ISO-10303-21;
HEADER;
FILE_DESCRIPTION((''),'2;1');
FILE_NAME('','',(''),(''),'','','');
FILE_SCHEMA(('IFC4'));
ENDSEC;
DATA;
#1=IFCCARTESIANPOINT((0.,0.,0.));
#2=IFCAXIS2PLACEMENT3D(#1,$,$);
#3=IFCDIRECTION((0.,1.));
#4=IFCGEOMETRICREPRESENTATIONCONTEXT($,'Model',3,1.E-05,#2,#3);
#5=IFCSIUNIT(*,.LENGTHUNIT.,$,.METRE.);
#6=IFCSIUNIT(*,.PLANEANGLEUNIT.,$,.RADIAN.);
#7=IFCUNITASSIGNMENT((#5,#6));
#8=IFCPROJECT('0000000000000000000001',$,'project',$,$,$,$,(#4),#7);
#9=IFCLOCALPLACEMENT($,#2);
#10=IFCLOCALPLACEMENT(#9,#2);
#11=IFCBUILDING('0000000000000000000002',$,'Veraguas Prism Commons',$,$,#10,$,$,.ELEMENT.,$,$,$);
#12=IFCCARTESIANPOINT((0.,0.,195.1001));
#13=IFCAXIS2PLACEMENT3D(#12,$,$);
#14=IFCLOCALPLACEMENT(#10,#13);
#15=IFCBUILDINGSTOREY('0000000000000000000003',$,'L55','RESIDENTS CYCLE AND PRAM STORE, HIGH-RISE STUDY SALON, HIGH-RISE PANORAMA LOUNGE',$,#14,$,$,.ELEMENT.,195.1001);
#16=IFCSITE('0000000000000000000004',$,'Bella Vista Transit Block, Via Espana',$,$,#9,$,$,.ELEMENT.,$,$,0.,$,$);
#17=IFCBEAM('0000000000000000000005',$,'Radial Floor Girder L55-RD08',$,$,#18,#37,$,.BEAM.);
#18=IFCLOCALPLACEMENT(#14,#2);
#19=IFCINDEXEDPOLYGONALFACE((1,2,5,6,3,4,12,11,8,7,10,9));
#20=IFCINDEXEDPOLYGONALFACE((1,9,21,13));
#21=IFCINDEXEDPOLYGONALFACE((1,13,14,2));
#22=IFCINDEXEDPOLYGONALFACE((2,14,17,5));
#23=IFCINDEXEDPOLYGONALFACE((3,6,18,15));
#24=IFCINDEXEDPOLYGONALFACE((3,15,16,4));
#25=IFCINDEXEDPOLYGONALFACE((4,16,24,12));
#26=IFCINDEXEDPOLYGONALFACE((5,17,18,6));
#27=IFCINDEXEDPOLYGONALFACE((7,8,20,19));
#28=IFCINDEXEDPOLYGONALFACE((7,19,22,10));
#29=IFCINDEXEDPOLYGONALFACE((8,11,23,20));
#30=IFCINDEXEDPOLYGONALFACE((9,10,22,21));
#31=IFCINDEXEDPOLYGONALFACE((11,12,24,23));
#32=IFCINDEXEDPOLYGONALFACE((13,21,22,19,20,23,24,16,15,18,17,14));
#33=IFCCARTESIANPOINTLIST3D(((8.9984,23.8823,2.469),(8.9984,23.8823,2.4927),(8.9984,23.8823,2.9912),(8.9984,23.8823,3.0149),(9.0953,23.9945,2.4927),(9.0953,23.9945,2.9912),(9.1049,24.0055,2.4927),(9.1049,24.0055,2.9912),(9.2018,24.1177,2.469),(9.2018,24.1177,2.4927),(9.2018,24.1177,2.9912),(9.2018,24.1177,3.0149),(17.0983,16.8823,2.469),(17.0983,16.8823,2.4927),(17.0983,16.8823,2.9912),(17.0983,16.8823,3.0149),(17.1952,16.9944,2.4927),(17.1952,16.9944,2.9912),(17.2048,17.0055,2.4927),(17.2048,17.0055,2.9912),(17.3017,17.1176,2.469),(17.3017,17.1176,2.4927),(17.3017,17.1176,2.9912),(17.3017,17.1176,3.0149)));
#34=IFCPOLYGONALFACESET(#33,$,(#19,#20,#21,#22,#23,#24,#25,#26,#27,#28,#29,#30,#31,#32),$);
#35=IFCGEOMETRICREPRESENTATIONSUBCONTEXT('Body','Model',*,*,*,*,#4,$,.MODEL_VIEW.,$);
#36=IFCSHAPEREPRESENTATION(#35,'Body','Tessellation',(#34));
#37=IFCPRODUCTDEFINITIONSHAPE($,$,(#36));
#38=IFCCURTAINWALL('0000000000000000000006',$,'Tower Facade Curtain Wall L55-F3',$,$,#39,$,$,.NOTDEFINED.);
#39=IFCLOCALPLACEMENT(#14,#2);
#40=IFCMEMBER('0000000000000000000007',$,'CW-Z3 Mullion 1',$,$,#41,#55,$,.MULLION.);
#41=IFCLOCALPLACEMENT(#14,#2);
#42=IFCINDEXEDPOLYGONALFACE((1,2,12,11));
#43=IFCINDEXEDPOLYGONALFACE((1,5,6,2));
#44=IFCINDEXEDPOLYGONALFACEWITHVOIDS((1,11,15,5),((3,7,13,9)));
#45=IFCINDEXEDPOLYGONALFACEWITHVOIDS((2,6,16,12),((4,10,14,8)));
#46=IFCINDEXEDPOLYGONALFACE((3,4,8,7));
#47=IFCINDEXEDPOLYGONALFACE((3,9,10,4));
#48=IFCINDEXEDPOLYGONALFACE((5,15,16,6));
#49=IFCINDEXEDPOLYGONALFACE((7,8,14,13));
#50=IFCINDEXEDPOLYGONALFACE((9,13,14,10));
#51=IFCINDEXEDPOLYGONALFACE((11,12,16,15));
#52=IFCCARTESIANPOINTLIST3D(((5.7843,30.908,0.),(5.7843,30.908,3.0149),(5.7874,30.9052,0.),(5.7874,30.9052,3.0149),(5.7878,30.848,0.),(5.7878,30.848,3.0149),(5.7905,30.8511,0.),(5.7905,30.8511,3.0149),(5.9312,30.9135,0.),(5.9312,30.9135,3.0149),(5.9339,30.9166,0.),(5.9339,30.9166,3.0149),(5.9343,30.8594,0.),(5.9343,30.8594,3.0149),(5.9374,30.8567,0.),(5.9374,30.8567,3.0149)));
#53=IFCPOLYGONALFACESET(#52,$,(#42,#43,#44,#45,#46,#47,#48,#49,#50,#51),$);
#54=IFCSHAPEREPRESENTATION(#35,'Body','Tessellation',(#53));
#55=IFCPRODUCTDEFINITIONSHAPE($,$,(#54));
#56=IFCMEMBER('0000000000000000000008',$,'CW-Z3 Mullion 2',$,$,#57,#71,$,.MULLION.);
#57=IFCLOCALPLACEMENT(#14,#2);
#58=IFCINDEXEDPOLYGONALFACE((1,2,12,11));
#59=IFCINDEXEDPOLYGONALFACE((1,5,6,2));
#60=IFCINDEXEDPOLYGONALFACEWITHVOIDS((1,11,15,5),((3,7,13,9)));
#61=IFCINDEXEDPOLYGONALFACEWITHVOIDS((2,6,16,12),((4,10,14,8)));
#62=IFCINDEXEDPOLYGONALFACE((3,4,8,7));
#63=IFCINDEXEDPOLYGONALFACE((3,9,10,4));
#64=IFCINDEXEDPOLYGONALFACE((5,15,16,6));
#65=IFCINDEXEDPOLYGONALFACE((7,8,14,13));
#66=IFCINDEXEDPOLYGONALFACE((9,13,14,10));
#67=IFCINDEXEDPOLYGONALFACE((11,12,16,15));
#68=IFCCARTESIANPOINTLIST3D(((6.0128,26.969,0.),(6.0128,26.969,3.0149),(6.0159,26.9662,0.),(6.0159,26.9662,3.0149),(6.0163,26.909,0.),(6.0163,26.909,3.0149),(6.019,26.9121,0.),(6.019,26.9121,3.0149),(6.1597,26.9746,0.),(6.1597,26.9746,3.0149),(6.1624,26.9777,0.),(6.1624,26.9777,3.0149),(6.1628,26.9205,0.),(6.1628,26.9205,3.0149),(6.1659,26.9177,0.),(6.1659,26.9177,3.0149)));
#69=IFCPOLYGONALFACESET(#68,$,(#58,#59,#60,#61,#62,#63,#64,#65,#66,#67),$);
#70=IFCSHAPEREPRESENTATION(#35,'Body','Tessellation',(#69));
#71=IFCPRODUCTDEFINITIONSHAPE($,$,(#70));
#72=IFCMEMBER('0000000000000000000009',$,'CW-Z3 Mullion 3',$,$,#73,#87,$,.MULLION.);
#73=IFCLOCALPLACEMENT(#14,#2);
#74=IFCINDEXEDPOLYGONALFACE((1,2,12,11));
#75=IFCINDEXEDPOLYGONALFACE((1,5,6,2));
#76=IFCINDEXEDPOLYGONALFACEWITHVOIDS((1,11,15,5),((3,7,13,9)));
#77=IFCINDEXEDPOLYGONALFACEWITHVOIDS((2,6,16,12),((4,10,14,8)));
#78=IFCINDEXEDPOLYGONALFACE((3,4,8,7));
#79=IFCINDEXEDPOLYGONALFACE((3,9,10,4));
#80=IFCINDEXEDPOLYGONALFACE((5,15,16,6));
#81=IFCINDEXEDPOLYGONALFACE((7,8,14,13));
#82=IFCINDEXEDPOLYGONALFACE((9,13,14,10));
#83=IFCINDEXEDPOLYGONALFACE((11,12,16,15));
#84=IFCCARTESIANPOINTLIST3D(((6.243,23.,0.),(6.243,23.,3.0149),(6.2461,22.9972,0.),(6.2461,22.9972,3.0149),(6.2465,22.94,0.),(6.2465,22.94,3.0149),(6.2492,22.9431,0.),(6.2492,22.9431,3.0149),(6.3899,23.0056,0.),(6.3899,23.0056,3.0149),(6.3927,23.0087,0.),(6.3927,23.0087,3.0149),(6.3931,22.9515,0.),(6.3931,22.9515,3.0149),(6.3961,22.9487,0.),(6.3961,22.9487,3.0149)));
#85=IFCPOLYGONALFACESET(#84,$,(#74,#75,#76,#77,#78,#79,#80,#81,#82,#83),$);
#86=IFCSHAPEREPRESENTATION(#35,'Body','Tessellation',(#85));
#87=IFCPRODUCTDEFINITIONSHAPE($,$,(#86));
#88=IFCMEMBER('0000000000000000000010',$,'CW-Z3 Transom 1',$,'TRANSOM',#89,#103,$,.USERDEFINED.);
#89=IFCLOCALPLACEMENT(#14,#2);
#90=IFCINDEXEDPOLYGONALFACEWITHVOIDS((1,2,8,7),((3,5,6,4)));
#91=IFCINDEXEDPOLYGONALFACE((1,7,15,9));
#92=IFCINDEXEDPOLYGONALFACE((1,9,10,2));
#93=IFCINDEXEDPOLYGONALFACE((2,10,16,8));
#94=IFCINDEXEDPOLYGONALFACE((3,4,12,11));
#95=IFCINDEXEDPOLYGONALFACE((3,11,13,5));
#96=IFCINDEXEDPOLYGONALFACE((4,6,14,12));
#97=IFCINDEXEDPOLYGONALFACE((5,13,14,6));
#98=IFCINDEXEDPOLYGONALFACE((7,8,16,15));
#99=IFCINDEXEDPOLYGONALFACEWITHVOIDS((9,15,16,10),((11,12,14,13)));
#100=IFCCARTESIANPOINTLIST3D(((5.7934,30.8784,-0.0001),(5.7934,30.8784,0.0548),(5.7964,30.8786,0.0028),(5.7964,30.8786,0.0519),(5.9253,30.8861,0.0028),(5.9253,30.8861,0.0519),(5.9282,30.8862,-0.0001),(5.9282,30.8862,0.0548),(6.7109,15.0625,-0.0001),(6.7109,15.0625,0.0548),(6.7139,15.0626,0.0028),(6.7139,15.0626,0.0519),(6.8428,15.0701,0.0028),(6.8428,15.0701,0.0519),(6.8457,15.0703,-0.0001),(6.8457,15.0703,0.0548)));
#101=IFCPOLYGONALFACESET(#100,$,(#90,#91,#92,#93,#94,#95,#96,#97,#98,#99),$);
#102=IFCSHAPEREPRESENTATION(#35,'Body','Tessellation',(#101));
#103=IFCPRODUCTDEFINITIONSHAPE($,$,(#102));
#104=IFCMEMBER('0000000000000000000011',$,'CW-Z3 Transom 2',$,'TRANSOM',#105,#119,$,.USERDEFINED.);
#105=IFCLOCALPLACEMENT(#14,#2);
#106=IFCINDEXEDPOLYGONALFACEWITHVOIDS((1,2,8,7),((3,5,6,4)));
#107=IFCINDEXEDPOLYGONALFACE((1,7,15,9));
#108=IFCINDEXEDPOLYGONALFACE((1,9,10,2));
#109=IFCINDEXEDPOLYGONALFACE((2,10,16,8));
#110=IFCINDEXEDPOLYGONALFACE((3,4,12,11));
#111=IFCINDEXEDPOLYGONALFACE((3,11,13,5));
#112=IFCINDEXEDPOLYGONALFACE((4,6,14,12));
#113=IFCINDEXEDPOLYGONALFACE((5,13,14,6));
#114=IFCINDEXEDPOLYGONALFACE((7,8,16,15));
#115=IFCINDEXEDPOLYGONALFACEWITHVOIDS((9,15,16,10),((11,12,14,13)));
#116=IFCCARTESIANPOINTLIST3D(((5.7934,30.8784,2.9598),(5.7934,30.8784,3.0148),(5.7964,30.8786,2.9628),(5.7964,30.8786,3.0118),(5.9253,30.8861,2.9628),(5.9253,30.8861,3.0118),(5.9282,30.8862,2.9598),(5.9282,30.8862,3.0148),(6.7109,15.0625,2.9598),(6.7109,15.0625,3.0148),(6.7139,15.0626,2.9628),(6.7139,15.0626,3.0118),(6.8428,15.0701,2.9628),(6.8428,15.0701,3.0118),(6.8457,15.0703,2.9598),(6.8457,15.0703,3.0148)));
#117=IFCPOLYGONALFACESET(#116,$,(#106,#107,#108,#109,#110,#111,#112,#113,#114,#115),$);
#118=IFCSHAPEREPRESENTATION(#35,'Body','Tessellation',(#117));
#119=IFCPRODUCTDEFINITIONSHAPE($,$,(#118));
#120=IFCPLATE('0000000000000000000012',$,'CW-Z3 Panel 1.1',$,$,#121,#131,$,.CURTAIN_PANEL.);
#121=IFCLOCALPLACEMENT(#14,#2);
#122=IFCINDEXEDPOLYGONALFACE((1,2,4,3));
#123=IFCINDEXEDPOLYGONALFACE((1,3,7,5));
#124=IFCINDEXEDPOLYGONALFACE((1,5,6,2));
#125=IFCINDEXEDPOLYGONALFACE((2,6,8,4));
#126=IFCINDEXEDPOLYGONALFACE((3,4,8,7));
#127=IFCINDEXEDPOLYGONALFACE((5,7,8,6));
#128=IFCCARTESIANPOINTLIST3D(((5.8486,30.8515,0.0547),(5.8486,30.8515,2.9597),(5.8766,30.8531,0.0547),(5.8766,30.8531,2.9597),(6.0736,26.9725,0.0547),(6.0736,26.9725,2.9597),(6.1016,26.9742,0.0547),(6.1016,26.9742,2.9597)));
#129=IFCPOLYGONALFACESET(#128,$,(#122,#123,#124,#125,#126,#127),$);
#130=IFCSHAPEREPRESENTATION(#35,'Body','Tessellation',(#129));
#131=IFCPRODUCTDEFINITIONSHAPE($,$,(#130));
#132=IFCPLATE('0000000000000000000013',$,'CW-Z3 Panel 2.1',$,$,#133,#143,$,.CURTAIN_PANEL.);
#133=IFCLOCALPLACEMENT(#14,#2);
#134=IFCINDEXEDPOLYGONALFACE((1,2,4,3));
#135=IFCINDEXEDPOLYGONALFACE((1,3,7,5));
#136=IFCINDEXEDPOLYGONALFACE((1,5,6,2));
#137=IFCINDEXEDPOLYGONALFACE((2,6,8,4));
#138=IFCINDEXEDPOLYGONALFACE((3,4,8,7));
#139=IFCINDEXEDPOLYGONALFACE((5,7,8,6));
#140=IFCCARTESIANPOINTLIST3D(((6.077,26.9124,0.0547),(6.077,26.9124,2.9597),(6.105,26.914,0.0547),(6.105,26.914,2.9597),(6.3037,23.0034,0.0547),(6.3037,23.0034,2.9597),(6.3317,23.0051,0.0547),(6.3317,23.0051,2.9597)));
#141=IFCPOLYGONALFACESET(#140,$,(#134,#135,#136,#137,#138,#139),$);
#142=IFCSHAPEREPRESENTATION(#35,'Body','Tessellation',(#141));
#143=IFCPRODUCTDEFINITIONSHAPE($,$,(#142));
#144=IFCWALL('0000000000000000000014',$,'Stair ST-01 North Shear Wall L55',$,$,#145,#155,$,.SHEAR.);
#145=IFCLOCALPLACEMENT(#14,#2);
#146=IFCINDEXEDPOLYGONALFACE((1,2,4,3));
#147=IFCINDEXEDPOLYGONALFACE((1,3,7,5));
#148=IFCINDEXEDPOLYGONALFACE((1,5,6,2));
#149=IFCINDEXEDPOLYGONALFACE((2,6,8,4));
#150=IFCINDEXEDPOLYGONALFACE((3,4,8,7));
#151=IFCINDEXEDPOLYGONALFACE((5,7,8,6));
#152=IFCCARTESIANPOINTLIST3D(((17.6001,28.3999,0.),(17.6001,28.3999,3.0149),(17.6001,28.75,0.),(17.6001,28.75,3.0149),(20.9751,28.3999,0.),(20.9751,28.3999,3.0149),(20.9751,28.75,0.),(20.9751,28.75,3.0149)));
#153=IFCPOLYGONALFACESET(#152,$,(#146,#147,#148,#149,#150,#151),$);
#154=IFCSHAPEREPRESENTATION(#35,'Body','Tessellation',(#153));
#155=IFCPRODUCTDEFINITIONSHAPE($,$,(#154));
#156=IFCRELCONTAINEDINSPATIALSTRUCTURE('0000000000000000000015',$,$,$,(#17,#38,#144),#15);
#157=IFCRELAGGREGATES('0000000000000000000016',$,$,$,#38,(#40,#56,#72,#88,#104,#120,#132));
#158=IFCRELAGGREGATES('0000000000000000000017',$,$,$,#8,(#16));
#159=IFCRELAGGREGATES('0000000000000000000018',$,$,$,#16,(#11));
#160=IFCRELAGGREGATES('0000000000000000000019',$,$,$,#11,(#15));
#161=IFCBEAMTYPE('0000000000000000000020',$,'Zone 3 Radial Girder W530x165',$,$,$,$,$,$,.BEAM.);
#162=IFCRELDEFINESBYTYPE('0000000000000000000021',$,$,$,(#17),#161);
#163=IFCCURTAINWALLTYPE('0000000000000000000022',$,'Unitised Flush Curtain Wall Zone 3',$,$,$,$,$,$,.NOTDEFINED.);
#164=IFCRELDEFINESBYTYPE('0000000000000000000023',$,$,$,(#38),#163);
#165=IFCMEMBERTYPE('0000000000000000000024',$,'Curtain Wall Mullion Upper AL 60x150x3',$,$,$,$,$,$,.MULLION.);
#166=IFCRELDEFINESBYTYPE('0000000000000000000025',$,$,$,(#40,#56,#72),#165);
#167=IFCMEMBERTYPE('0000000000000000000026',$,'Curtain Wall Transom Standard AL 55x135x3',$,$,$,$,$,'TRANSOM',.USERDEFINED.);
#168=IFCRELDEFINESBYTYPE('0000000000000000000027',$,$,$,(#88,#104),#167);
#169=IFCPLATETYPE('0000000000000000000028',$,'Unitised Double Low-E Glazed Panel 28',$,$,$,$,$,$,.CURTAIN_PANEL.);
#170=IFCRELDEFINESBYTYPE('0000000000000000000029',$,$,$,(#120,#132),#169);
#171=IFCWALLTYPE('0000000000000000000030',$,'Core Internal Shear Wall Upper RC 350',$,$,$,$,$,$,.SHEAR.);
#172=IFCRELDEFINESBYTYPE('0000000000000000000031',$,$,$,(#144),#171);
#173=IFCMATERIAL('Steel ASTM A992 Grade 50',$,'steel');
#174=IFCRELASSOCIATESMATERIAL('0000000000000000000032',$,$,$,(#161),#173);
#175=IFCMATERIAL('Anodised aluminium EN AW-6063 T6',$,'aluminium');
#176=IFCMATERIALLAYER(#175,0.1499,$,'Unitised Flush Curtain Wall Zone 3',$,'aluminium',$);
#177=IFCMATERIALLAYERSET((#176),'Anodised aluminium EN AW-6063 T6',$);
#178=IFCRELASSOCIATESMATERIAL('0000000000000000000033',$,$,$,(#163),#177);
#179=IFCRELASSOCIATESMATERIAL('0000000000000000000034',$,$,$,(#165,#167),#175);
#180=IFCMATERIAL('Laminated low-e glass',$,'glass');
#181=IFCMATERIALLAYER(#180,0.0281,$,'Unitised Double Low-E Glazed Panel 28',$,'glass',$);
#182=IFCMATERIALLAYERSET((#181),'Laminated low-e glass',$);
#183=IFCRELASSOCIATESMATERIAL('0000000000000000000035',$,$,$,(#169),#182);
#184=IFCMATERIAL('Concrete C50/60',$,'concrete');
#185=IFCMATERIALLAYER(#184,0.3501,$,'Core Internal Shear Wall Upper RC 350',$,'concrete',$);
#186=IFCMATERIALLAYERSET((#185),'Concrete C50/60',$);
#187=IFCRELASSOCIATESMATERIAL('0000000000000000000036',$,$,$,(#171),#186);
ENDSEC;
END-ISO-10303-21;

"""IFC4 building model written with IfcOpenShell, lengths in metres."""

from ifc_helpers import new_model, si_unit, direction, frame, frame_2d, origin, origin_2d, place, context, subcontext, project, spatial, rectangle, hollow_rectangle, i_section, extrude, source, transform, mapped, material, layer, layer_set, material_profile, profile_set, type_object, element, aggregate, save


model = new_model("IFC4")

# Units and contexts
model_context = context("Model", 3, precision=1e-05, world=origin(), true_north=direction((0.0, 1.0)))
body_context = subcontext(model_context, "Body", "Model", "MODEL_VIEW")
ifc_project = project(units=[si_unit("LENGTHUNIT", "METRE"), si_unit("PLANEANGLEUNIT", "RADIAN")], contexts=[model_context])

# Site, building, storey
site_placement = place(None, origin())
site = spatial("IfcSite", under=ifc_project, at=site_placement, Name="Bella Vista Transit Block, Via Espana", CompositionType="ELEMENT", RefElevation=0.0)
building_placement = place(site_placement, origin())
building = spatial("IfcBuilding", under=site, at=building_placement, Name="Veraguas Prism Commons", CompositionType="ELEMENT")
storey_placement = place(building_placement, frame((0.0, 0.0, 195.1001)))
storey = spatial("IfcBuildingStorey", under=building, at=storey_placement, Name="L55", Description="RESIDENTS CYCLE AND PRAM STORE, HIGH-RISE STUDY SALON, HIGH-RISE PANORAMA LOUNGE", CompositionType="ELEMENT", Elevation=195.1001)

# Shared definitions
ifc_material_1 = material(Name="Concrete C50/60", Category="concrete")

# Beam
ifc_material_2 = material(Name="Steel ASTM A992 Grade 50", Category="steel")
ifc_material_profile_1 = material_profile(ifc_material_2, i_section(OverallWidth=0.311, OverallDepth=0.5459, WebThickness=0.0146, FlangeThickness=0.0237, at=origin_2d()), Name="W530X165")
ifc_profile_set_1 = profile_set([ifc_material_profile_1], Name="Steel ASTM A992 Grade 50")
beam_type_1 = type_object("IfcBeamType", Name="Zone 3 Radial Girder W530x165", PredefinedType="BEAM", material=ifc_profile_set_1)
beam_1_placement = place(storey_placement, frame((9.1001, 24.0, 2.7419), z_axis=(0.756607, -0.65387, 0.0), x_axis=(0.65387, 0.756607, 0.0)))
element("IfcBeam", 1, at=beam_1_placement, inside=storey, type_object=beam_type_1, Name="Radial Floor Girder L55-RD08", PredefinedType="BEAM", context=body_context, shape_type="SweptSolid", body=[
    extrude(i_section(OverallWidth=0.311, OverallDepth=0.5459, WebThickness=0.0146, FlangeThickness=0.0237, at=origin_2d()), origin(), (0.0, 0.0, 1.0), 10.7056),
])

# Curtain wall, members, plates
ifc_material_3 = material(Name="Anodised aluminium EN AW-6063 T6", Category="aluminium")
ifc_layer_1 = layer(ifc_material_3, 0.1499, Name="Unitised Flush Curtain Wall Zone 3", Category="aluminium")
ifc_layer_set_1 = layer_set([ifc_layer_1], Name="Anodised aluminium EN AW-6063 T6")
curtain_wall_type = type_object("IfcCurtainWallType", Name="Unitised Flush Curtain Wall Zone 3", PredefinedType="NOTDEFINED", material=ifc_layer_set_1)
curtain_wall_placement = place(storey_placement, origin())
curtain_wall = element("IfcCurtainWall", 2, at=curtain_wall_placement, inside=storey, type_object=curtain_wall_type, Name="Tower Facade Curtain Wall L55-F3", PredefinedType="NOTDEFINED")
ifc_material_profile_2 = material_profile(ifc_material_3, hollow_rectangle(XDim=0.0601, YDim=0.1499, WallThickness=0.0029, at=origin_2d()), Name="AL60X150X3")
ifc_profile_set_2 = profile_set([ifc_material_profile_2], Name="Anodised aluminium EN AW-6063 T6")
member_type_1 = type_object("IfcMemberType", Name="Curtain Wall Mullion Upper AL 60x150x3", PredefinedType="MULLION", material=ifc_profile_set_2)
shared_shape_1 = source(origin(), body_context, "Body", "SweptSolid", [
    extrude(hollow_rectangle(XDim=0.0601, YDim=0.1499, WallThickness=0.0029, at=origin_2d()), origin(), (0.0, 0.0, 1.0), 3.0149),
])
member_1_placement = place(storey_placement, frame((5.8608, 30.8823, 0.0), z_axis=(0.0, 0.0, 1.0), x_axis=(0.057909, -0.998322, 0.0)))
member_1 = element("IfcMember", 3, at=member_1_placement, type_object=member_type_1, Name="CW-Z3 Mullion 1", PredefinedType="MULLION", context=body_context, shape_type="MappedRepresentation", body=[
    mapped(shared_shape_1, transform((0.0, 0.0, 0.0), scale=1.0)),
])
member_2_placement = place(storey_placement, frame((6.0894, 26.9434, 0.0), z_axis=(0.0, 0.0, 1.0), x_axis=(0.057909, -0.998322, 0.0)))
member_2 = element("IfcMember", 4, at=member_2_placement, type_object=member_type_1, Name="CW-Z3 Mullion 2", PredefinedType="MULLION", context=body_context, shape_type="MappedRepresentation", body=[
    mapped(shared_shape_1, transform((0.0, 0.0, 0.0), scale=1.0)),
])
member_3_placement = place(storey_placement, frame((6.3196, 22.9744, 0.0), z_axis=(0.0, 0.0, 1.0), x_axis=(0.057909, -0.998322, 0.0)))
member_3 = element("IfcMember", 5, at=member_3_placement, type_object=member_type_1, Name="CW-Z3 Mullion 3", PredefinedType="MULLION", context=body_context, shape_type="MappedRepresentation", body=[
    mapped(shared_shape_1, transform((0.0, 0.0, 0.0), scale=1.0)),
])
ifc_material_profile_3 = material_profile(ifc_material_3, hollow_rectangle(XDim=0.0549, YDim=0.135, WallThickness=0.0029, at=origin_2d()), Name="AL55X135X3")
ifc_profile_set_3 = profile_set([ifc_material_profile_3], Name="Anodised aluminium EN AW-6063 T6")
member_type_2 = type_object("IfcMemberType", Name="Curtain Wall Transom Standard AL 55x135x3", ElementType="TRANSOM", PredefinedType="USERDEFINED", material=ifc_profile_set_3)
shared_shape_2 = source(origin(), body_context, "Body", "SweptSolid", [
    extrude(hollow_rectangle(XDim=0.0549, YDim=0.135, WallThickness=0.0029, at=origin_2d()), origin(), (0.0, 0.0, 1.0), 15.8425),
])
member_4_placement = place(storey_placement, frame((5.8608, 30.8823, 0.0273), z_axis=(0.057913, -0.998322, 0.0), x_axis=(0.0, 0.0, 1.0)))
member_4 = element("IfcMember", 6, at=member_4_placement, type_object=member_type_2, Name="CW-Z3 Transom 1", ObjectType="TRANSOM", PredefinedType="USERDEFINED", context=body_context, shape_type="MappedRepresentation", body=[
    mapped(shared_shape_2, transform((0.0, 0.0, 0.0), scale=1.0)),
])
member_5_placement = place(storey_placement, frame((5.8608, 30.8823, 2.9873), z_axis=(0.057913, -0.998322, 0.0), x_axis=(0.0, 0.0, 1.0)))
member_5 = element("IfcMember", 7, at=member_5_placement, type_object=member_type_2, Name="CW-Z3 Transom 2", ObjectType="TRANSOM", PredefinedType="USERDEFINED", context=body_context, shape_type="MappedRepresentation", body=[
    mapped(shared_shape_2, transform((0.0, 0.0, 0.0), scale=1.0)),
])
ifc_material_4 = material(Name="Laminated low-e glass", Category="glass")
ifc_layer_2 = layer(ifc_material_4, 0.0281, Name="Unitised Double Low-E Glazed Panel 28", Category="glass")
ifc_layer_set_2 = layer_set([ifc_layer_2], Name="Laminated low-e glass")
plate_type = type_object("IfcPlateType", Name="Unitised Double Low-E Glazed Panel 28", PredefinedType="CURTAIN_PANEL", material=ifc_layer_set_2)
shared_shape_3 = source(origin(), body_context, "Body", "SweptSolid", [
    extrude(rectangle(XDim=3.8855, YDim=0.0281, at=origin_2d()), origin(), (0.0, 0.0, 1.0), 2.905),
])
plate_1_placement = place(storey_placement, frame((5.9751, 28.9128, 0.0547), z_axis=(0.0, 0.0, 1.0), x_axis=(0.057909, -0.998322, 0.0)))
plate_1 = element("IfcPlate", 8, at=plate_1_placement, type_object=plate_type, Name="CW-Z3 Panel 1.1", PredefinedType="CURTAIN_PANEL", context=body_context, shape_type="MappedRepresentation", body=[
    mapped(shared_shape_3, transform((0.0, 0.0, 0.0), scale=1.0)),
])
shared_shape_4 = source(origin(), body_context, "Body", "SweptSolid", [
    extrude(rectangle(XDim=3.9155, YDim=0.0281, at=origin_2d()), origin(), (0.0, 0.0, 1.0), 2.905),
])
plate_2_placement = place(storey_placement, frame((6.2043, 24.9587, 0.0547), z_axis=(0.0, 0.0, 1.0), x_axis=(0.057909, -0.998322, 0.0)))
plate_2 = element("IfcPlate", 9, at=plate_2_placement, type_object=plate_type, Name="CW-Z3 Panel 2.1", PredefinedType="CURTAIN_PANEL", context=body_context, shape_type="MappedRepresentation", body=[
    mapped(shared_shape_4, transform((0.0, 0.0, 0.0), scale=1.0)),
])
aggregate(curtain_wall, [member_1, member_2, member_3, member_4, member_5, plate_1, plate_2])

# Wall
ifc_layer_3 = layer(ifc_material_1, 0.3501, Name="Core Internal Shear Wall Upper RC 350", Category="concrete")
ifc_layer_set_3 = layer_set([ifc_layer_3], Name="Concrete C50/60")
wall_type_1 = type_object("IfcWallType", Name="Core Internal Shear Wall Upper RC 350", PredefinedType="SHEAR", material=ifc_layer_set_3)
wall_1_placement = place(storey_placement, frame((17.6001, 28.575, 0.0), z_axis=(0.0, 0.0, 1.0), x_axis=(1.0, 0.0, 0.0)))
element("IfcWall", 10, at=wall_1_placement, inside=storey, type_object=wall_type_1, Name="Stair ST-01 North Shear Wall L55", PredefinedType="SHEAR", context=body_context, shape_type="SweptSolid", body=[
    extrude(rectangle(XDim=3.375, YDim=0.3501, at=frame_2d((1.6875, 0.0))), origin(), (0.0, 0.0, 1.0), 3.0149),
])

save(model, "model.ifc")
